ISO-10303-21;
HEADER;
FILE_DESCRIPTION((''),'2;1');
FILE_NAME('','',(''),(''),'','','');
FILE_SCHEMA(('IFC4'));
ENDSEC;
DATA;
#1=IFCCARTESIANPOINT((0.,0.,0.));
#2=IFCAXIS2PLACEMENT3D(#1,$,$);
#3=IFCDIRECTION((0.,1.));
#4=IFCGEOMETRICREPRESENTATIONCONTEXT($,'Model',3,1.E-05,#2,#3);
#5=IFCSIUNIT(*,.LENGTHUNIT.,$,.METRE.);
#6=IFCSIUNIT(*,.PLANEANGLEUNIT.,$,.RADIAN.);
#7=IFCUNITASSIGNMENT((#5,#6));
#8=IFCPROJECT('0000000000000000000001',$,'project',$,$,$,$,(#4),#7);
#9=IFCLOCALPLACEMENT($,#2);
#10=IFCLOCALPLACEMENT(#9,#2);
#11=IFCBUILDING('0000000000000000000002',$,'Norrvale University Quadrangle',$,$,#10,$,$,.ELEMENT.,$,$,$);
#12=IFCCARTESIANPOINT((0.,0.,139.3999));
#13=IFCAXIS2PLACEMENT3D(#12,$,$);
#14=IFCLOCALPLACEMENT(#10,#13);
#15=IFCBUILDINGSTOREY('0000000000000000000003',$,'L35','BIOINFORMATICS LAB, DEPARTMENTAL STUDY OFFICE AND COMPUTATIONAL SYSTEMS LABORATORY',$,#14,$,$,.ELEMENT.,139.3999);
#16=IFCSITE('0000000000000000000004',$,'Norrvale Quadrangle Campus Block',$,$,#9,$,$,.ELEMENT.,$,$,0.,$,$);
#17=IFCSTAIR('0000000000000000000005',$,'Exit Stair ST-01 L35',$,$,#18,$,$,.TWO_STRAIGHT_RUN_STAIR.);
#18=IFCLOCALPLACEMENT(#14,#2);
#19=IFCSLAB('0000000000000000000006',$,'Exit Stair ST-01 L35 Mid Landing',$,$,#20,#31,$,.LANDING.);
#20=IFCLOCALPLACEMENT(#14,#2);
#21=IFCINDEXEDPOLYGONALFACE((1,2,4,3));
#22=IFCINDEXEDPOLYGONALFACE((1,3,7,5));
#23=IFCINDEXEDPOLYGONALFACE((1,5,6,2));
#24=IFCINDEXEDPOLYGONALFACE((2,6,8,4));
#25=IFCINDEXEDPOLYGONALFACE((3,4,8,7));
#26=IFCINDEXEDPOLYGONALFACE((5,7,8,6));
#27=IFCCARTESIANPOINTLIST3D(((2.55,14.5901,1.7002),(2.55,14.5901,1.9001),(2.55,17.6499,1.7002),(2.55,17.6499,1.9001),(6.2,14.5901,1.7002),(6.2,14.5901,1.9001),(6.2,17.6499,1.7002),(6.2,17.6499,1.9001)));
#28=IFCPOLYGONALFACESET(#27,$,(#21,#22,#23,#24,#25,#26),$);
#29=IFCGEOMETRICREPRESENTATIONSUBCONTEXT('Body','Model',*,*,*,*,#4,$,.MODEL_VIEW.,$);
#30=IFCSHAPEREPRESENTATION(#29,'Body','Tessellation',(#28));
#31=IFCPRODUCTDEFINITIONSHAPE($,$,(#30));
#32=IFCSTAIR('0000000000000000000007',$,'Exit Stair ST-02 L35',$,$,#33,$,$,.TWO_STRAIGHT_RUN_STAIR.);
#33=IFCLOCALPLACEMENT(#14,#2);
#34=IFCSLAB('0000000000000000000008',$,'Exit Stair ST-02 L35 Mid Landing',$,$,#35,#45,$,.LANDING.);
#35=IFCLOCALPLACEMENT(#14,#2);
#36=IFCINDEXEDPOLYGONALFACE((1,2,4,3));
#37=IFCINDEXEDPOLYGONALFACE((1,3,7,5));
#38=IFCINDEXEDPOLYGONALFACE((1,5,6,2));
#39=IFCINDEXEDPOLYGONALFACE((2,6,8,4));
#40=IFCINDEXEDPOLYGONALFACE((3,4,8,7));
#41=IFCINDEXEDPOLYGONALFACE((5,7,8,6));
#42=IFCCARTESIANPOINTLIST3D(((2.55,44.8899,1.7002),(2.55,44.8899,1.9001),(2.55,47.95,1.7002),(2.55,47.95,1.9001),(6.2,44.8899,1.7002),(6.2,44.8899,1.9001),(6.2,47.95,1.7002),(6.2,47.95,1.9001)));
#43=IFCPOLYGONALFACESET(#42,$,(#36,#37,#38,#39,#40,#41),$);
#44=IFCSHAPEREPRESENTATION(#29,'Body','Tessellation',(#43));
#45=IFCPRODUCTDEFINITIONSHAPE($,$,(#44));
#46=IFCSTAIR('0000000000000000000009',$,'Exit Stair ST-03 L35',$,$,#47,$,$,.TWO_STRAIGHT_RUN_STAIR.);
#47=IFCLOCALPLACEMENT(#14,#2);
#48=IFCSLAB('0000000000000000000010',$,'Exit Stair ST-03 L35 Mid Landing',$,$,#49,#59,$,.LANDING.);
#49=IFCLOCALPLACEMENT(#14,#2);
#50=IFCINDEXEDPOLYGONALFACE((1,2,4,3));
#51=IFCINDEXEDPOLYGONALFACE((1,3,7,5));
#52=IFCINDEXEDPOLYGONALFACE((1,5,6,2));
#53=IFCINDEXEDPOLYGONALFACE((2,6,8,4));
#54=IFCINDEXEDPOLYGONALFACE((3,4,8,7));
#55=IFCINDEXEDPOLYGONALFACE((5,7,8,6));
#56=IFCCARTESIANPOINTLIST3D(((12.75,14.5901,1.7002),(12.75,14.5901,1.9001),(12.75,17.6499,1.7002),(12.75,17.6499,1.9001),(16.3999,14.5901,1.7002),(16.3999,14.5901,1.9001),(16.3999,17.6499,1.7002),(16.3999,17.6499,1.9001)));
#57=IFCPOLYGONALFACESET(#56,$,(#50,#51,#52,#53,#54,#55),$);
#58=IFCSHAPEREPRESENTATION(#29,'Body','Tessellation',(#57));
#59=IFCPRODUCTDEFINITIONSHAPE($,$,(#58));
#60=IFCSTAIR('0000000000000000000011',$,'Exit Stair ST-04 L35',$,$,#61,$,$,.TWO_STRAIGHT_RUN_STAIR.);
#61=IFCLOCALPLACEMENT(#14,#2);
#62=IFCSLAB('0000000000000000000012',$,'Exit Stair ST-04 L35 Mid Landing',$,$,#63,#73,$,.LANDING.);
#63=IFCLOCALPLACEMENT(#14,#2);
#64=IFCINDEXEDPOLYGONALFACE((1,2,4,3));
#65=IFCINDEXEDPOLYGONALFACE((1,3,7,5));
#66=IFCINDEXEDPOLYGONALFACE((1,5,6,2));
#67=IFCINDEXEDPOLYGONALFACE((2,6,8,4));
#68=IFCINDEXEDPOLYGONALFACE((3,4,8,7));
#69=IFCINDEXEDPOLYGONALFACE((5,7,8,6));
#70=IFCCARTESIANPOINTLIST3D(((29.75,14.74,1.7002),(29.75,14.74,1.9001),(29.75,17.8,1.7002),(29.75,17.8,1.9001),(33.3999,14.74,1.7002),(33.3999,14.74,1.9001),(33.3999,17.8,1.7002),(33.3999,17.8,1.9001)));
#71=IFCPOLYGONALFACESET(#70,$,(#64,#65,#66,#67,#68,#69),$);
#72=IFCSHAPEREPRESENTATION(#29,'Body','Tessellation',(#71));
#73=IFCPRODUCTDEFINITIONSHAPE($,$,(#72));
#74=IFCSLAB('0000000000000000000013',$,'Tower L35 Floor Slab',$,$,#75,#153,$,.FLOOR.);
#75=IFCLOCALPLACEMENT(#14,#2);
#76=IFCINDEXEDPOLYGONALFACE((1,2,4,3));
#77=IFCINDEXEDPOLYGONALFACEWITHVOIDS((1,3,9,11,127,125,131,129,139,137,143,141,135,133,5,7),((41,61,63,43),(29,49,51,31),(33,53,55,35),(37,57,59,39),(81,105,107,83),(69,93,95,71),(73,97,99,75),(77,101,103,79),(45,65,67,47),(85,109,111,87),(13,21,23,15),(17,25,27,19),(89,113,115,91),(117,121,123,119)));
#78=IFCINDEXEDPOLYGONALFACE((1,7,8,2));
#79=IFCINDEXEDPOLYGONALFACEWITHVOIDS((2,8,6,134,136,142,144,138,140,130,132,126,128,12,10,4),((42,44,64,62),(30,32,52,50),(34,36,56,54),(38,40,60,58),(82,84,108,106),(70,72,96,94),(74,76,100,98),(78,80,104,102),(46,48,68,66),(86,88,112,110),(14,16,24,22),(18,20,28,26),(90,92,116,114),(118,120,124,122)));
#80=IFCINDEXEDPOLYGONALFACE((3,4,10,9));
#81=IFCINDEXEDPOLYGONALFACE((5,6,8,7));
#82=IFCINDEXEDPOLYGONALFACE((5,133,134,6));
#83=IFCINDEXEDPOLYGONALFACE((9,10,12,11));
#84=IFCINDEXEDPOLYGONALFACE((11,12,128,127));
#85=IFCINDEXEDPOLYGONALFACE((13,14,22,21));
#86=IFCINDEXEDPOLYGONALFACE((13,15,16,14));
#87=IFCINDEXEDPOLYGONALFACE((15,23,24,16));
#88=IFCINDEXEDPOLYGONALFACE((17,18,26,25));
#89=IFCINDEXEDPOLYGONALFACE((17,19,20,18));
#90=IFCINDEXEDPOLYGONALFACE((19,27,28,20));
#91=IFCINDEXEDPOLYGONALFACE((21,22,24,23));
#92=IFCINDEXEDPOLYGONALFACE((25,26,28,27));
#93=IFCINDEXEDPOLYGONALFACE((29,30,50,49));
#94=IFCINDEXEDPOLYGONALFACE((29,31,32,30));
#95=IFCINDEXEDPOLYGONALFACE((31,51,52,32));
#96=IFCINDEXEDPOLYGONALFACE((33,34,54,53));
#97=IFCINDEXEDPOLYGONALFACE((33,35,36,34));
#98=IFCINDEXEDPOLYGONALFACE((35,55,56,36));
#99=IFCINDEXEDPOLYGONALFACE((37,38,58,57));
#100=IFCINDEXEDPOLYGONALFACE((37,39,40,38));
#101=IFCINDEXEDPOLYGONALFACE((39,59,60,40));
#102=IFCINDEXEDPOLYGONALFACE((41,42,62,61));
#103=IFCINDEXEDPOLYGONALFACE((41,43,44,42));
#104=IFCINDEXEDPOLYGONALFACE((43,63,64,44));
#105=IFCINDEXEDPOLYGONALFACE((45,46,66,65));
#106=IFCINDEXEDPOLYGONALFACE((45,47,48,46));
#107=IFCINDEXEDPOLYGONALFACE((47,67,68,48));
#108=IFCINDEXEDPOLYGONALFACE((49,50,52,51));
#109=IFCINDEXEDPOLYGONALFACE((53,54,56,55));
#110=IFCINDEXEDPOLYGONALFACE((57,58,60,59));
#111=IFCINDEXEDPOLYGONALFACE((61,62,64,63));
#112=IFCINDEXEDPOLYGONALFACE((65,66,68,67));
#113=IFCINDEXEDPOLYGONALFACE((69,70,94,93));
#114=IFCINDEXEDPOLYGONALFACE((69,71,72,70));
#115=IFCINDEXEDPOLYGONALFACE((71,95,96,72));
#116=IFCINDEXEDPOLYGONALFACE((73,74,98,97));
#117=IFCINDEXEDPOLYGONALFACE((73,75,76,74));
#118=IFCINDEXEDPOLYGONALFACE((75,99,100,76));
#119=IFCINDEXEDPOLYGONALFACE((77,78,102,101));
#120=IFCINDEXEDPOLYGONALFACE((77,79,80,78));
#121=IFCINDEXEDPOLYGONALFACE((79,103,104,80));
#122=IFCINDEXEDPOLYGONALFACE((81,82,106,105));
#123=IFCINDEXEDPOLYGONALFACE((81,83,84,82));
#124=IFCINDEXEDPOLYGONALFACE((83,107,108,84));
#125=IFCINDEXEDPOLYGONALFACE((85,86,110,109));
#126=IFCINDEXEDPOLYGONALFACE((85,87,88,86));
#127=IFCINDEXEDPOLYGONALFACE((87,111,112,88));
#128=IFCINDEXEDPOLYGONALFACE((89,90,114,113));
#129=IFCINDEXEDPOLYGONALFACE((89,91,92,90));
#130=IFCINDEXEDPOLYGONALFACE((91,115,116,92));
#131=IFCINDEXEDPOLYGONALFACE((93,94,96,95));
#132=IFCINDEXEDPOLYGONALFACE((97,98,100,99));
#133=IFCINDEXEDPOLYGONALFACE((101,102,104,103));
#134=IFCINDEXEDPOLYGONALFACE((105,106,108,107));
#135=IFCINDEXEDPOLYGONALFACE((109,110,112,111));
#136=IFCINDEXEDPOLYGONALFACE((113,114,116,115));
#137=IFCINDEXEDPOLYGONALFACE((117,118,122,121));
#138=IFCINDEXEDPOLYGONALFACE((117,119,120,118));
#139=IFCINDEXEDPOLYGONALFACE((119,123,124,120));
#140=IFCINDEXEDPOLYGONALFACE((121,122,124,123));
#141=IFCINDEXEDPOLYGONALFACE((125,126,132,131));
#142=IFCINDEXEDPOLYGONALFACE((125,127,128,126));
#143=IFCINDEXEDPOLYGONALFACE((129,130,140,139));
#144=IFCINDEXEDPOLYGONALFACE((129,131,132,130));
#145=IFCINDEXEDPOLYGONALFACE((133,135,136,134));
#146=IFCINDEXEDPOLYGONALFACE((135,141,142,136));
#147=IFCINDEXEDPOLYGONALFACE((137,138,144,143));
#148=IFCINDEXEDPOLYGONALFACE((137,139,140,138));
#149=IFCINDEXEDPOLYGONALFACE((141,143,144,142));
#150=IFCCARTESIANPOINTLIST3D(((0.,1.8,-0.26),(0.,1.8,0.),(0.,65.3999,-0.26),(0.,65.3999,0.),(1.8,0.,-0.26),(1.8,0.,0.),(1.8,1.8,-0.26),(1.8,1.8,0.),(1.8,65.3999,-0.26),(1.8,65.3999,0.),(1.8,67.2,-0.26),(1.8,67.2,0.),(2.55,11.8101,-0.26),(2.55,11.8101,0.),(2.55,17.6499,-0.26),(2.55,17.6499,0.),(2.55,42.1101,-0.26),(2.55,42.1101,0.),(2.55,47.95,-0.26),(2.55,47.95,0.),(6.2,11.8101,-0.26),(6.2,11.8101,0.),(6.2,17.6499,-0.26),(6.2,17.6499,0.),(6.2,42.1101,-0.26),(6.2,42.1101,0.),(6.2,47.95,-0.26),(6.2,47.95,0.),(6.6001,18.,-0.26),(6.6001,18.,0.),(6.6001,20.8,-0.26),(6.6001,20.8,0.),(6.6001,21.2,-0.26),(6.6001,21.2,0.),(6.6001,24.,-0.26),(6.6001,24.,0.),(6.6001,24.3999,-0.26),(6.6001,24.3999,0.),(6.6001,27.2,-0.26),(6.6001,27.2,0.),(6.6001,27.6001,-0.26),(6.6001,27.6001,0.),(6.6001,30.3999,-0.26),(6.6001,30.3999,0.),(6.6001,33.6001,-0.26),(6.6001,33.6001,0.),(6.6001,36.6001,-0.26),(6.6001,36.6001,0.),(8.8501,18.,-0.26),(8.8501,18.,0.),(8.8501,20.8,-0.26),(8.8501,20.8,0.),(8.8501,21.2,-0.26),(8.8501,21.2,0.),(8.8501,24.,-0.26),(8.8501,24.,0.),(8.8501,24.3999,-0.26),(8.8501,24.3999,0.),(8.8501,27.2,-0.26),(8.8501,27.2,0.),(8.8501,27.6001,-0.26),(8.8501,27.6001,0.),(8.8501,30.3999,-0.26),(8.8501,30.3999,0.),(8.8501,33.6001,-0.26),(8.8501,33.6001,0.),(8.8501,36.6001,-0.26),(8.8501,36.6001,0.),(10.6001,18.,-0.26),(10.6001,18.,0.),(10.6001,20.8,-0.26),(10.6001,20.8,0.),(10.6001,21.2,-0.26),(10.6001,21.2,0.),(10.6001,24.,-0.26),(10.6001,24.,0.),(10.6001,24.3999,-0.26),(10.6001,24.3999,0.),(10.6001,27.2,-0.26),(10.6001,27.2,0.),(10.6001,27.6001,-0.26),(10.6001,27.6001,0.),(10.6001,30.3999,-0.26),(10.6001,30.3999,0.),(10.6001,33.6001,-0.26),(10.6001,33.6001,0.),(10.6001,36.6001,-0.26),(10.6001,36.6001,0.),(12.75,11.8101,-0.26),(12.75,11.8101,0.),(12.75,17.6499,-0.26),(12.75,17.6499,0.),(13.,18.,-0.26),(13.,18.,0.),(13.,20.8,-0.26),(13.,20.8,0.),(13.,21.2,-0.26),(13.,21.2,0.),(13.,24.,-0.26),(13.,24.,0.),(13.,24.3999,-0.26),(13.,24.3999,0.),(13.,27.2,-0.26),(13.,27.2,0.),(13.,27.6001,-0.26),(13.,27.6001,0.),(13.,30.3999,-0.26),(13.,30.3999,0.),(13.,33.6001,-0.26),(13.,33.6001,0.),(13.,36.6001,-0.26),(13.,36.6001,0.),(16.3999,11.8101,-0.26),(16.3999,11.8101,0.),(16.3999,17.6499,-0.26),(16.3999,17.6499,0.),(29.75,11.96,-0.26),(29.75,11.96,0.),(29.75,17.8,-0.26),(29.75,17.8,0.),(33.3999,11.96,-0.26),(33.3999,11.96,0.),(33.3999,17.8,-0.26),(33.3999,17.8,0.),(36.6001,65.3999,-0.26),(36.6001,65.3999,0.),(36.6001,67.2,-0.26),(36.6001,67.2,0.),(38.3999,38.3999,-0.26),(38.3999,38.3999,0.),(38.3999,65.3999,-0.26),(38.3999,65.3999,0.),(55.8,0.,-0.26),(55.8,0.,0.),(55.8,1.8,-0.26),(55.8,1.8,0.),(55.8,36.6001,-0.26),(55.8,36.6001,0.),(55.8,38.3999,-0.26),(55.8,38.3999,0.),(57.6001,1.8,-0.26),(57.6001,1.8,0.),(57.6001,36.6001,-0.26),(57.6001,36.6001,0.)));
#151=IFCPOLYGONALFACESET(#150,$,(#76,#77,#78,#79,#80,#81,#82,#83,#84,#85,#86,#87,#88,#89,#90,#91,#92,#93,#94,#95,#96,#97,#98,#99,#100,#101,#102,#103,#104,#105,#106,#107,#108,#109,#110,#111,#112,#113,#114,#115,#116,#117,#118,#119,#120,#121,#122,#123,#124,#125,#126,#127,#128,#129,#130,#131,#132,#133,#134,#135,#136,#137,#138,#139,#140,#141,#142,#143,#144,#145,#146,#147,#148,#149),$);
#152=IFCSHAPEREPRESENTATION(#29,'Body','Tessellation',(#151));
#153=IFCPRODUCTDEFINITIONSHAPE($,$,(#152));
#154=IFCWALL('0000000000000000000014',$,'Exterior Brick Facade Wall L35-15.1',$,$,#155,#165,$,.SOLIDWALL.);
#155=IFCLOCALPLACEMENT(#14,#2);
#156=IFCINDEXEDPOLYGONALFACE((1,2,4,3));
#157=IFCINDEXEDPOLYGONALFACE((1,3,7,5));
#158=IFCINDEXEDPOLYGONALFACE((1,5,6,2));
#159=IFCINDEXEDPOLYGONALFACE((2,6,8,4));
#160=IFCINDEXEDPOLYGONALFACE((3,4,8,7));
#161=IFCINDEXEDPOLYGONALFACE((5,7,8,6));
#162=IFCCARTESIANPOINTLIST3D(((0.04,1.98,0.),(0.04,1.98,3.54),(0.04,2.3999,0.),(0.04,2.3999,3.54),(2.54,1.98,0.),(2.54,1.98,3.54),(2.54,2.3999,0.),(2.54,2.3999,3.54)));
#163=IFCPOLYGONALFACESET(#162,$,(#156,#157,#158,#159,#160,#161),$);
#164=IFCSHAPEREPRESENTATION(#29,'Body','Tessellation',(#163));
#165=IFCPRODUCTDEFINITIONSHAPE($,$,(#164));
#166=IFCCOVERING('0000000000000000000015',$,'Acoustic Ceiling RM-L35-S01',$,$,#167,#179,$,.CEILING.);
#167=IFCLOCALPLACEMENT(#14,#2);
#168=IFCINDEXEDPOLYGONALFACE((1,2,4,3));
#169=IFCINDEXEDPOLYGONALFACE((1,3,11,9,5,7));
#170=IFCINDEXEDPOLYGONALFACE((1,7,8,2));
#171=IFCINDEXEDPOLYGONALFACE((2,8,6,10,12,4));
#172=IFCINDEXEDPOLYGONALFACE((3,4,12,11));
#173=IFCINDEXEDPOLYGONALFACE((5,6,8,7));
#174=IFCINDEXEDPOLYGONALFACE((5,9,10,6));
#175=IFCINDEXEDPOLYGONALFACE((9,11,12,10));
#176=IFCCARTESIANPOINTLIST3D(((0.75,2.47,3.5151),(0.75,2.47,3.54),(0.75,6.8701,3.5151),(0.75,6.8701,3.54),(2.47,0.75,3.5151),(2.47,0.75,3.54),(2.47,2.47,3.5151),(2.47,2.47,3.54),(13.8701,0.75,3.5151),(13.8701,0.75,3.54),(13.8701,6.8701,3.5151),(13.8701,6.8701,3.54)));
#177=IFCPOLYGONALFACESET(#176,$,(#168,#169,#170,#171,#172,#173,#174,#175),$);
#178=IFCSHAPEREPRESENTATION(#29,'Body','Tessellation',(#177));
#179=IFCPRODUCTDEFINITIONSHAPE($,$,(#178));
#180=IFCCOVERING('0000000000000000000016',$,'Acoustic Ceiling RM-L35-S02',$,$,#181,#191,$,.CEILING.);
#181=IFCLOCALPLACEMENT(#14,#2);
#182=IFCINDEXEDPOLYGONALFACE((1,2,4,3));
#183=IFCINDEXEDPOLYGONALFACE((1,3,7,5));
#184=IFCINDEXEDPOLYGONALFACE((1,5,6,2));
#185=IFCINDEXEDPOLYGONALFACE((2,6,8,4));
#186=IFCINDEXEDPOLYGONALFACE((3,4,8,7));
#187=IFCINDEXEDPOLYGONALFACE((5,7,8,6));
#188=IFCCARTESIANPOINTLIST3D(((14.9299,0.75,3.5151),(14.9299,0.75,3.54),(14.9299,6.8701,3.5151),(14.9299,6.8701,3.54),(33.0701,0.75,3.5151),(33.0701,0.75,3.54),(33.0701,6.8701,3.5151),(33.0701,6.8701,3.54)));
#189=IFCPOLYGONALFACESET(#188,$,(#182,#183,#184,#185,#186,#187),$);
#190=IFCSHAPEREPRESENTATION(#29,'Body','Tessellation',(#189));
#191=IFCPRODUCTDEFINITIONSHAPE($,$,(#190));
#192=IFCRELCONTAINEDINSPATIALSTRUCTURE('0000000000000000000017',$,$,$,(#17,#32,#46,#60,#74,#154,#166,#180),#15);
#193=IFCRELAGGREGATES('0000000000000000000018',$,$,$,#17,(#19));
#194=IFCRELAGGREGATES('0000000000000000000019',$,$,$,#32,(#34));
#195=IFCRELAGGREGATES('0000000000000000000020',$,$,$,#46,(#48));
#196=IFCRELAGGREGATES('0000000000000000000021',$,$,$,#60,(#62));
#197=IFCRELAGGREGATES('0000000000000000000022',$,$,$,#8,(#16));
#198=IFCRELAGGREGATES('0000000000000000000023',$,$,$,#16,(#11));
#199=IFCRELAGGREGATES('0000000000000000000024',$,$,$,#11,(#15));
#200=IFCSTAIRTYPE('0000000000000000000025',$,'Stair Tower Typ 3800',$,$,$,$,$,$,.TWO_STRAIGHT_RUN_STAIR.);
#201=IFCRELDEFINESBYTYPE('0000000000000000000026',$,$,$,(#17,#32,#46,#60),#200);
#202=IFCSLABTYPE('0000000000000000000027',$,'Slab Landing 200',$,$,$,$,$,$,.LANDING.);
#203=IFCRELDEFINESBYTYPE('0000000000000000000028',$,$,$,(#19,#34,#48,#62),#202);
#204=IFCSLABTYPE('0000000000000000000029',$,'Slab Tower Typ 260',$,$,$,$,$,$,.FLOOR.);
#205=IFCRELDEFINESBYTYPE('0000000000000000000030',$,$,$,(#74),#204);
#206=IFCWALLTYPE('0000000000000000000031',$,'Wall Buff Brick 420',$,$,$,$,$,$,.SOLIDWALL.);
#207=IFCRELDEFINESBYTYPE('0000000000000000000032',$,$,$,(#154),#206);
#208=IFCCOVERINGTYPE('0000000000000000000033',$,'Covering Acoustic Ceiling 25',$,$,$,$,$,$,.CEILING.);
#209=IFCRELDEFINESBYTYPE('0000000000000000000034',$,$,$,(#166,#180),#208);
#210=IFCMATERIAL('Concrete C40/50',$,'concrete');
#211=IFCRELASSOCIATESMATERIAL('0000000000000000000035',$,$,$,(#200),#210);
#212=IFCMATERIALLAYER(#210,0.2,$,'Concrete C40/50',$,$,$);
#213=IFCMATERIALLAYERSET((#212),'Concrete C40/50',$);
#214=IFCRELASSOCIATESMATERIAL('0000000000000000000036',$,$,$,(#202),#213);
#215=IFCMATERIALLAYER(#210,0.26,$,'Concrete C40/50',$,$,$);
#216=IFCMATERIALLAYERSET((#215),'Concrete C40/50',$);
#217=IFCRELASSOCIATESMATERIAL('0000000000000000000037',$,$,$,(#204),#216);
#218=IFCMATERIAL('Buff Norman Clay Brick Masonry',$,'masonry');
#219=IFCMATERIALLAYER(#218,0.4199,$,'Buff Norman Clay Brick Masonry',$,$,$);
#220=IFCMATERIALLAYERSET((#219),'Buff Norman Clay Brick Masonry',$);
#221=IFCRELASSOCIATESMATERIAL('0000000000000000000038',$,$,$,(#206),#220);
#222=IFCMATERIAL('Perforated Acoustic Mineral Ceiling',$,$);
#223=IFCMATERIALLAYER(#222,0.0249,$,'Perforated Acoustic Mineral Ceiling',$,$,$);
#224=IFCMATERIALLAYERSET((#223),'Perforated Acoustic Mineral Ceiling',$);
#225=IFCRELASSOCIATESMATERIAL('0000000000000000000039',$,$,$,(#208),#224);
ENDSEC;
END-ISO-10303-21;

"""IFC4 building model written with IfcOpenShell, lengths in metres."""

from ifc_helpers import new_model, si_unit, direction, frame, frame_2d, origin, place, context, subcontext, project, spatial, polyline, rectangle, outline, extrude, material, layer, layer_set, type_object, element, aggregate, save


model = new_model("IFC4")

# Units and contexts
model_context = context("Model", 3, precision=1e-05, world=origin(), true_north=direction((0.0, 1.0)))
body_context = subcontext(model_context, "Body", "Model", "MODEL_VIEW")
ifc_project = project(units=[si_unit("LENGTHUNIT", "METRE"), si_unit("PLANEANGLEUNIT", "RADIAN")], contexts=[model_context])

# Site, building, storey
site_placement = place(None, origin())
site = spatial("IfcSite", under=ifc_project, at=site_placement, Name="Norrvale Quadrangle Campus Block", CompositionType="ELEMENT", RefElevation=0.0)
building_placement = place(site_placement, origin())
building = spatial("IfcBuilding", under=site, at=building_placement, Name="Norrvale University Quadrangle", CompositionType="ELEMENT")
storey_placement = place(building_placement, frame((0.0, 0.0, 139.3999)))
storey = spatial("IfcBuildingStorey", under=building, at=storey_placement, Name="L35", Description="BIOINFORMATICS LAB, DEPARTMENTAL STUDY OFFICE AND COMPUTATIONAL SYSTEMS LABORATORY", CompositionType="ELEMENT", Elevation=139.3999)

# Stairs, slabs
ifc_material_1 = material(Name="Concrete C40/50", Category="concrete")
stair_type = type_object("IfcStairType", Name="Stair Tower Typ 3800", PredefinedType="TWO_STRAIGHT_RUN_STAIR", material=ifc_material_1)
stair_1_placement = place(storey_placement, origin())
stair_1 = element("IfcStair", 1, at=stair_1_placement, inside=storey, type_object=stair_type, Name="Exit Stair ST-01 L35", PredefinedType="TWO_STRAIGHT_RUN_STAIR")
ifc_layer_1 = layer(ifc_material_1, 0.2, Name="Concrete C40/50")
ifc_layer_set_1 = layer_set([ifc_layer_1], Name="Concrete C40/50")
slab_type_1 = type_object("IfcSlabType", Name="Slab Landing 200", PredefinedType="LANDING", material=ifc_layer_set_1)
slab_1_placement = place(storey_placement, frame((0.0, 0.0, 1.7002)))
slab_1 = element("IfcSlab", 2, at=slab_1_placement, type_object=slab_type_1, Name="Exit Stair ST-01 L35 Mid Landing", PredefinedType="LANDING", context=body_context, shape_type="SweptSolid", body=[
    extrude(outline(polyline([(2.55, 14.5901), (6.2, 14.5901), (6.2, 17.6499), (2.55, 17.6499), (2.55, 14.5901)])), origin(), (0.0, 0.0, 1.0), 0.2),
])
aggregate(stair_1, [slab_1])
stair_2_placement = place(storey_placement, origin())
stair_2 = element("IfcStair", 3, at=stair_2_placement, inside=storey, type_object=stair_type, Name="Exit Stair ST-02 L35", PredefinedType="TWO_STRAIGHT_RUN_STAIR")
slab_2_placement = place(storey_placement, frame((0.0, 0.0, 1.7002)))
slab_2 = element("IfcSlab", 4, at=slab_2_placement, type_object=slab_type_1, Name="Exit Stair ST-02 L35 Mid Landing", PredefinedType="LANDING", context=body_context, shape_type="SweptSolid", body=[
    extrude(outline(polyline([(2.55, 44.8899), (6.2, 44.8899), (6.2, 47.95), (2.55, 47.95), (2.55, 44.8899)])), origin(), (0.0, 0.0, 1.0), 0.2),
])
aggregate(stair_2, [slab_2])
stair_3_placement = place(storey_placement, origin())
stair_3 = element("IfcStair", 5, at=stair_3_placement, inside=storey, type_object=stair_type, Name="Exit Stair ST-03 L35", PredefinedType="TWO_STRAIGHT_RUN_STAIR")
slab_3_placement = place(storey_placement, frame((0.0, 0.0, 1.7002)))
slab_3 = element("IfcSlab", 6, at=slab_3_placement, type_object=slab_type_1, Name="Exit Stair ST-03 L35 Mid Landing", PredefinedType="LANDING", context=body_context, shape_type="SweptSolid", body=[
    extrude(outline(polyline([(12.75, 14.5901), (16.3999, 14.5901), (16.3999, 17.6499), (12.75, 17.6499), (12.75, 14.5901)])), origin(), (0.0, 0.0, 1.0), 0.2),
])
aggregate(stair_3, [slab_3])
stair_4_placement = place(storey_placement, origin())
stair_4 = element("IfcStair", 7, at=stair_4_placement, inside=storey, type_object=stair_type, Name="Exit Stair ST-04 L35", PredefinedType="TWO_STRAIGHT_RUN_STAIR")
slab_4_placement = place(storey_placement, frame((0.0, 0.0, 1.7002)))
slab_4 = element("IfcSlab", 8, at=slab_4_placement, type_object=slab_type_1, Name="Exit Stair ST-04 L35 Mid Landing", PredefinedType="LANDING", context=body_context, shape_type="SweptSolid", body=[
    extrude(outline(polyline([(29.75, 14.74), (33.3999, 14.74), (33.3999, 17.8), (29.75, 17.8), (29.75, 14.74)])), origin(), (0.0, 0.0, 1.0), 0.2),
])
aggregate(stair_4, [slab_4])

# Slab
ifc_layer_2 = layer(ifc_material_1, 0.26, Name="Concrete C40/50")
ifc_layer_set_2 = layer_set([ifc_layer_2], Name="Concrete C40/50")
slab_type_2 = type_object("IfcSlabType", Name="Slab Tower Typ 260", PredefinedType="FLOOR", material=ifc_layer_set_2)
slab_5_placement = place(storey_placement, frame((0.0, 0.0, -0.26)))
element("IfcSlab", 9, at=slab_5_placement, inside=storey, type_object=slab_type_2, Name="Tower L35 Floor Slab", PredefinedType="FLOOR", context=body_context, shape_type="SweptSolid", body=[
    extrude(outline(polyline([(1.8, 0.0), (55.8, 0.0), (55.8, 1.8), (57.6001, 1.8), (57.6001, 36.6001), (55.8, 36.6001), (55.8, 38.3999), (38.3999, 38.3999), (38.3999, 65.3999), (36.6001, 65.3999), (36.6001, 67.2), (1.8, 67.2), (1.8, 65.3999), (0.0, 65.3999), (0.0, 1.8), (1.8, 1.8), (1.8, 0.0)]), holes=[polyline([(2.55, 11.8101), (6.2, 11.8101), (6.2, 17.6499), (2.55, 17.6499), (2.55, 11.8101)]), polyline([(2.55, 42.1101), (6.2, 42.1101), (6.2, 47.95), (2.55, 47.95), (2.55, 42.1101)]), polyline([(12.75, 11.8101), (16.3999, 11.8101), (16.3999, 17.6499), (12.75, 17.6499), (12.75, 11.8101)]), polyline([(29.75, 11.96), (33.3999, 11.96), (33.3999, 17.8), (29.75, 17.8), (29.75, 11.96)]), polyline([(6.6001, 18.0), (8.8501, 18.0), (8.8501, 20.8), (6.6001, 20.8), (6.6001, 18.0)]), polyline([(6.6001, 21.2), (8.8501, 21.2), (8.8501, 24.0), (6.6001, 24.0), (6.6001, 21.2)]), polyline([(6.6001, 24.3999), (8.8501, 24.3999), (8.8501, 27.2), (6.6001, 27.2), (6.6001, 24.3999)]), polyline([(6.6001, 27.6001), (8.8501, 27.6001), (8.8501, 30.3999), (6.6001, 30.3999), (6.6001, 27.6001)]), polyline([(10.6001, 18.0), (13.0, 18.0), (13.0, 20.8), (10.6001, 20.8), (10.6001, 18.0)]), polyline([(10.6001, 21.2), (13.0, 21.2), (13.0, 24.0), (10.6001, 24.0), (10.6001, 21.2)]), polyline([(10.6001, 24.3999), (13.0, 24.3999), (13.0, 27.2), (10.6001, 27.2), (10.6001, 24.3999)]), polyline([(10.6001, 27.6001), (13.0, 27.6001), (13.0, 30.3999), (10.6001, 30.3999), (10.6001, 27.6001)]), polyline([(6.6001, 33.6001), (8.8501, 33.6001), (8.8501, 36.6001), (6.6001, 36.6001), (6.6001, 33.6001)]), polyline([(10.6001, 33.6001), (13.0, 33.6001), (13.0, 36.6001), (10.6001, 36.6001), (10.6001, 33.6001)])]), origin(), (0.0, 0.0, 1.0), 0.26),
])

# Wall
ifc_material_2 = material(Name="Buff Norman Clay Brick Masonry", Category="masonry")
ifc_layer_3 = layer(ifc_material_2, 0.4199, Name="Buff Norman Clay Brick Masonry")
ifc_layer_set_3 = layer_set([ifc_layer_3], Name="Buff Norman Clay Brick Masonry")
wall_type = type_object("IfcWallType", Name="Wall Buff Brick 420", PredefinedType="SOLIDWALL", material=ifc_layer_set_3)
wall_placement = place(storey_placement, frame((0.04, 2.1899, 0.0), z_axis=(0.0, 0.0, 1.0), x_axis=(1.0, 0.0, 0.0)))
element("IfcWall", 10, at=wall_placement, inside=storey, type_object=wall_type, Name="Exterior Brick Facade Wall L35-15.1", PredefinedType="SOLIDWALL", context=body_context, shape_type="SweptSolid", body=[
    extrude(rectangle(XDim=2.5, YDim=0.4199, at=frame_2d((1.25, 0.0))), origin(), (0.0, 0.0, 1.0), 3.54),
])

# Coverings
ifc_material_3 = material(Name="Perforated Acoustic Mineral Ceiling")
ifc_layer_4 = layer(ifc_material_3, 0.0249, Name="Perforated Acoustic Mineral Ceiling")
ifc_layer_set_4 = layer_set([ifc_layer_4], Name="Perforated Acoustic Mineral Ceiling")
covering_type_1 = type_object("IfcCoveringType", Name="Covering Acoustic Ceiling 25", PredefinedType="CEILING", material=ifc_layer_set_4)
covering_1_placement = place(storey_placement, frame((0.0, 0.0, 3.5151)))
element("IfcCovering", 11, at=covering_1_placement, inside=storey, type_object=covering_type_1, Name="Acoustic Ceiling RM-L35-S01", PredefinedType="CEILING", context=body_context, shape_type="SweptSolid", body=[
    extrude(outline(polyline([(0.75, 6.8701), (13.8701, 6.8701), (13.8701, 0.75), (2.47, 0.75), (2.47, 2.47), (0.75, 2.47), (0.75, 6.8701)])), origin(), (0.0, 0.0, 1.0), 0.0249),
])
covering_2_placement = place(storey_placement, frame((0.0, 0.0, 3.5151)))
element("IfcCovering", 12, at=covering_2_placement, inside=storey, type_object=covering_type_1, Name="Acoustic Ceiling RM-L35-S02", PredefinedType="CEILING", context=body_context, shape_type="SweptSolid", body=[
    extrude(outline(polyline([(14.9299, 6.8701), (33.0701, 6.8701), (33.0701, 0.75), (14.9299, 0.75), (14.9299, 6.8701)])), origin(), (0.0, 0.0, 1.0), 0.0249),
])

save(model, "model.ifc")
